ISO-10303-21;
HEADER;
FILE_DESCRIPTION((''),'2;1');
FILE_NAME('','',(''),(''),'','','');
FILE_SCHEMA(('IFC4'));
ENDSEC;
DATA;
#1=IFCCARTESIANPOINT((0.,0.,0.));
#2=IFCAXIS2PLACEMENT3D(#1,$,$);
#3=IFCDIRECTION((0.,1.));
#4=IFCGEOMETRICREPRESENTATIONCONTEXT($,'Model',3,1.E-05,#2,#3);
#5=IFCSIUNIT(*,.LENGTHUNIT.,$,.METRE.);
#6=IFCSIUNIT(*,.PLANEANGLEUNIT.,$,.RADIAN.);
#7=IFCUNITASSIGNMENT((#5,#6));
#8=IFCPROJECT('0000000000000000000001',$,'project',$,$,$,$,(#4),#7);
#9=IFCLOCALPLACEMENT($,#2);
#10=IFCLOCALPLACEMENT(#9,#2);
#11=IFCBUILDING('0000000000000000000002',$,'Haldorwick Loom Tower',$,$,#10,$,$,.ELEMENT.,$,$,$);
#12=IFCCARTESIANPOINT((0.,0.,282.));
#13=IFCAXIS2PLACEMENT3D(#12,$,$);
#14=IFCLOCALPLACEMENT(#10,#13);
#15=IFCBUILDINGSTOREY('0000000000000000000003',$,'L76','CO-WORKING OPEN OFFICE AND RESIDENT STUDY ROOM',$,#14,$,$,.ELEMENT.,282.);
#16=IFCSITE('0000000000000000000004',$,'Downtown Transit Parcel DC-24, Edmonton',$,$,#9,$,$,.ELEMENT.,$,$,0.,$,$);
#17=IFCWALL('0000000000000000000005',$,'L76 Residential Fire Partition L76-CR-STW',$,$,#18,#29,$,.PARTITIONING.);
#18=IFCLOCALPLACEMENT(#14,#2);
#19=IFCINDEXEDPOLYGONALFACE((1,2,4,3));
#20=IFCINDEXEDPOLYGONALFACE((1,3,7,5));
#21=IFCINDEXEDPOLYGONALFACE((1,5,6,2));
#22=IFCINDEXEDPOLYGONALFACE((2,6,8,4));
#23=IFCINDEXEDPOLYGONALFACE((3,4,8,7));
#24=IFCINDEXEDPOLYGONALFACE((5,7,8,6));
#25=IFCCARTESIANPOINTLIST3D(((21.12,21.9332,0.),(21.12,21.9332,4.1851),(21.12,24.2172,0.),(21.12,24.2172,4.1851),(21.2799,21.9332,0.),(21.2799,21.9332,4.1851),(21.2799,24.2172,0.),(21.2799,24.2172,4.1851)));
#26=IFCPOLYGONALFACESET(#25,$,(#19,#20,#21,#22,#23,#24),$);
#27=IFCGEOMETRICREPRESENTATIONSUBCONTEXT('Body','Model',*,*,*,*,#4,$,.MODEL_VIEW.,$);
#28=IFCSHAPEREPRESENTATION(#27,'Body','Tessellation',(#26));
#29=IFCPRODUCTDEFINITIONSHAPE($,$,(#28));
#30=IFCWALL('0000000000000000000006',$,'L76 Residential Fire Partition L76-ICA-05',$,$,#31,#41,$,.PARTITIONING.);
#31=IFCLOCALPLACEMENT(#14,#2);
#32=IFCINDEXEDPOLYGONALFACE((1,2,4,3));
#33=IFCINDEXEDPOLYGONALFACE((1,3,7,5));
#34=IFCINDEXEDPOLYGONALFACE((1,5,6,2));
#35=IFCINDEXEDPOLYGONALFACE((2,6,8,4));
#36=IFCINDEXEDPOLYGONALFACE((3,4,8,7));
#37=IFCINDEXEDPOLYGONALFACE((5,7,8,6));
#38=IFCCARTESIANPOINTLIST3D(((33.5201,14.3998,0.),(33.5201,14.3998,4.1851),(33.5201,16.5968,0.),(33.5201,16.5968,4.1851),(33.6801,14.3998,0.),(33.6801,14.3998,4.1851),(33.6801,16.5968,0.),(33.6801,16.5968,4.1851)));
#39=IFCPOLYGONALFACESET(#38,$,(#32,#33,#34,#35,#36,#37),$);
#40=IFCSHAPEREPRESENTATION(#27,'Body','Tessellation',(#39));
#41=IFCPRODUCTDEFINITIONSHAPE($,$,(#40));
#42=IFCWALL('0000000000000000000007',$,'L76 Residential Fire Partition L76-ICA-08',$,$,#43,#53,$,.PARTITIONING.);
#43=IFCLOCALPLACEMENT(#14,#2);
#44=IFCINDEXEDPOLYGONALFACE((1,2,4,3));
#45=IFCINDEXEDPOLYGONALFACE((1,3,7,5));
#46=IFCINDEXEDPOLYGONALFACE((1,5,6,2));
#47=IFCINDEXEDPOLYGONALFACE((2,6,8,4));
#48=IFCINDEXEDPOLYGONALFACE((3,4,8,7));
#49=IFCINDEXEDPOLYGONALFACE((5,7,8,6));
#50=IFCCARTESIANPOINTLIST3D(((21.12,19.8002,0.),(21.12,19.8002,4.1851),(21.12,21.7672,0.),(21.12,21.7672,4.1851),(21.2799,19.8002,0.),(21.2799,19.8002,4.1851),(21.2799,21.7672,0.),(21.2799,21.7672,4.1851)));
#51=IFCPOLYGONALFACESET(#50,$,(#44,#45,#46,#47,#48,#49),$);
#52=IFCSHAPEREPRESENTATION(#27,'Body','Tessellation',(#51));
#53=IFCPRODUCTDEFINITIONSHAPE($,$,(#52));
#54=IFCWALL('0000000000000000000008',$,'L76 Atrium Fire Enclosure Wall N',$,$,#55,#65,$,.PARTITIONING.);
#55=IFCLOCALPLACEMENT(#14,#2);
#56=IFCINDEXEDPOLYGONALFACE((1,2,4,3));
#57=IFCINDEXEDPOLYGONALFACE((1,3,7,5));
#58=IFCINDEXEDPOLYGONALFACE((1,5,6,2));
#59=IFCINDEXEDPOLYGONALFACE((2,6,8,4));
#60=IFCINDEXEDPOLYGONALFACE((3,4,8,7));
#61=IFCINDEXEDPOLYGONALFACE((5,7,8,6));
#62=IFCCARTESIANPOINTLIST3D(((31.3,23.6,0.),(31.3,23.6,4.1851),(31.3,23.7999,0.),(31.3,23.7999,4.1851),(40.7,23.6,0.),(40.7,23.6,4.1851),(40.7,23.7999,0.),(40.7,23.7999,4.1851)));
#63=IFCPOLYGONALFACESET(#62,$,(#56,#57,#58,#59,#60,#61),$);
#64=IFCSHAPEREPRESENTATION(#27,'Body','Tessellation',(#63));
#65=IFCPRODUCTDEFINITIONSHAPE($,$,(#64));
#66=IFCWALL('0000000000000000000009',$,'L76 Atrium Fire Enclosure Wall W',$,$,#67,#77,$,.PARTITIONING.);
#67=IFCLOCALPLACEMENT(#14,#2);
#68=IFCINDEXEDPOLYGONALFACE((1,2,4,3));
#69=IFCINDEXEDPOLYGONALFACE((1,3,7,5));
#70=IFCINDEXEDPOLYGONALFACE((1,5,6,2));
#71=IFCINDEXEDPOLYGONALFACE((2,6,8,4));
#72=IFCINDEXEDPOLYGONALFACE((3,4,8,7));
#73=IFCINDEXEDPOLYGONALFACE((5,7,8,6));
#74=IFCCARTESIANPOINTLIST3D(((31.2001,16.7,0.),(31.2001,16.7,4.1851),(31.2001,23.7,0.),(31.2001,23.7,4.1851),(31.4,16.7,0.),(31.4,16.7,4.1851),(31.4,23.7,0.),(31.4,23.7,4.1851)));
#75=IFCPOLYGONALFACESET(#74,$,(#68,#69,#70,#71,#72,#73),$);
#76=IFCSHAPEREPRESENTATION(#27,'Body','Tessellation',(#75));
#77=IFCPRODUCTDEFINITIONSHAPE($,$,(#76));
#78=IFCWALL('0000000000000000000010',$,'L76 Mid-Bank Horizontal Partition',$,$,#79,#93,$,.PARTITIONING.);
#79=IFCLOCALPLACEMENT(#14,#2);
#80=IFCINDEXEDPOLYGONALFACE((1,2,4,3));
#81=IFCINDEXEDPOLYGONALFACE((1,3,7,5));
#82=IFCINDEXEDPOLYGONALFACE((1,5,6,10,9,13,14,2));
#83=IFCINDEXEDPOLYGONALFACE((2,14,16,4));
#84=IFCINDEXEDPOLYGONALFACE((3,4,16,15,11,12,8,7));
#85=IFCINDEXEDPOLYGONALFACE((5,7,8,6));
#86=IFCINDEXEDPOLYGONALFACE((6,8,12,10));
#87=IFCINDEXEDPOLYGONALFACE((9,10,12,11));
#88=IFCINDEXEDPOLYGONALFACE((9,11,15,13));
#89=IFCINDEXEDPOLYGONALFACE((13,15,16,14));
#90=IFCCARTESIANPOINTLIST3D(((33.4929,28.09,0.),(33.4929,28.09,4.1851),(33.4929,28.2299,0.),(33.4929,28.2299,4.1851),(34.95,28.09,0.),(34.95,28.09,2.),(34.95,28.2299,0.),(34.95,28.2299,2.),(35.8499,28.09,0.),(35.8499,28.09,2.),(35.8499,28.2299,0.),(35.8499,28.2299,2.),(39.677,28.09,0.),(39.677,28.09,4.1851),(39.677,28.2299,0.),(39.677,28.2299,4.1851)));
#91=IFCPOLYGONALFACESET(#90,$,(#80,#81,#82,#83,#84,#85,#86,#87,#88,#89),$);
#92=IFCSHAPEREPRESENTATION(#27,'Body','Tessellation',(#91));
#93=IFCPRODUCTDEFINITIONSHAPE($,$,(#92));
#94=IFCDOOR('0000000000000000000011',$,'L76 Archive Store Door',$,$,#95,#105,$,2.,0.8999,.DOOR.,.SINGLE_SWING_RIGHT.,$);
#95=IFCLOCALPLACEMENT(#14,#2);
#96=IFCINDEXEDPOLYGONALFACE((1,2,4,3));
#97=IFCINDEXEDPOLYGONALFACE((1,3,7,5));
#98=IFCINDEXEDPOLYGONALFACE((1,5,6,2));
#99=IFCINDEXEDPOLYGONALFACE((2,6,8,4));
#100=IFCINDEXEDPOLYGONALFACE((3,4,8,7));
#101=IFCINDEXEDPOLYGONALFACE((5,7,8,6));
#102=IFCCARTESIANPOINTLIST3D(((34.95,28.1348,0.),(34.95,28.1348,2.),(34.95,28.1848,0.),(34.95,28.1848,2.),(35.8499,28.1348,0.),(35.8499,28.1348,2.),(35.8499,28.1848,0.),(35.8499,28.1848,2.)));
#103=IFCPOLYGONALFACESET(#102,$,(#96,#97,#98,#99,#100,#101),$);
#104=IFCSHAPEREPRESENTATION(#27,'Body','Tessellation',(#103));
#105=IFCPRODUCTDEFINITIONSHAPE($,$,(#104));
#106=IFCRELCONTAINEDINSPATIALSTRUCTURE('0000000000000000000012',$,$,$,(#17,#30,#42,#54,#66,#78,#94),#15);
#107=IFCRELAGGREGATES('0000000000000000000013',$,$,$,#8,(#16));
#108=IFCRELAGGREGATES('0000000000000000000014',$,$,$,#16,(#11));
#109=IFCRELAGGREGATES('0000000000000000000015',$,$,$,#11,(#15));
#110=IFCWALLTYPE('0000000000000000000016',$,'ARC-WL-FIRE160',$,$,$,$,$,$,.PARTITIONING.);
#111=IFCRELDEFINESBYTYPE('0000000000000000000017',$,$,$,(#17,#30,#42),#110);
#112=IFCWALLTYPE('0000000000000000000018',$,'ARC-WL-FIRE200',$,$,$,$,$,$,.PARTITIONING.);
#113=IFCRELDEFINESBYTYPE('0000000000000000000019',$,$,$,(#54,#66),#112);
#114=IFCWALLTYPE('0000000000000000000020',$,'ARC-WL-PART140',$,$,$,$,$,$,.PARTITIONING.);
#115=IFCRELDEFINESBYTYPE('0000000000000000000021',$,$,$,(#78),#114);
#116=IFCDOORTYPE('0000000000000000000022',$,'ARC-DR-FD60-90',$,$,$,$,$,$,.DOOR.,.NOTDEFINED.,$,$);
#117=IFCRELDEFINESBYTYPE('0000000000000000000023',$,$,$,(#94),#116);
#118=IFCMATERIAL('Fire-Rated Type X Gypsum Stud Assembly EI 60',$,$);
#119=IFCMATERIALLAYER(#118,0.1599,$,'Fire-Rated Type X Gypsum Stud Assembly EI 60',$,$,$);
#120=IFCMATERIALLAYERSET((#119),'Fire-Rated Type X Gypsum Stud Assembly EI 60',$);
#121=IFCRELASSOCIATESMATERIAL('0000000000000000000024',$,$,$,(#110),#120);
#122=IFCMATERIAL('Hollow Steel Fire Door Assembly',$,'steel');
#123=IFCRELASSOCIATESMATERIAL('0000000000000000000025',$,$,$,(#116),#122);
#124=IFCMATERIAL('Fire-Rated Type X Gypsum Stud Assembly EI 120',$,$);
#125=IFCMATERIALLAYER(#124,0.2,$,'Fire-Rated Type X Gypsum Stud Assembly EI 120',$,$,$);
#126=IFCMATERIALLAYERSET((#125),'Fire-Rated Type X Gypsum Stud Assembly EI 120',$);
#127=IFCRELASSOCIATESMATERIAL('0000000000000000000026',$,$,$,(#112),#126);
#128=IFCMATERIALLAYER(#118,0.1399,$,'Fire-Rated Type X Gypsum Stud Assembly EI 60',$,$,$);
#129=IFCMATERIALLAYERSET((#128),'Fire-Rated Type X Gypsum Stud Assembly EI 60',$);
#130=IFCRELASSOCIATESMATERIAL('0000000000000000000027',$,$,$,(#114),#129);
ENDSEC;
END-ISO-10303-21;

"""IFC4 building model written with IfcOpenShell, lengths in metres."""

from ifc_helpers import new_model, si_unit, direction, frame, frame_2d, origin, place, context, subcontext, project, spatial, rectangle, extrude, material, layer, layer_set, type_object, element, fill, save


model = new_model("IFC4")

# Units and contexts
model_context = context("Model", 3, precision=1e-05, world=origin(), true_north=direction((0.0, 1.0)))
body_context = subcontext(model_context, "Body", "Model", "MODEL_VIEW")
ifc_project = project(units=[si_unit("LENGTHUNIT", "METRE"), si_unit("PLANEANGLEUNIT", "RADIAN")], contexts=[model_context])

# Site, building, storey
site_placement = place(None, origin())
site = spatial("IfcSite", under=ifc_project, at=site_placement, Name="Downtown Transit Parcel DC-24, Edmonton", CompositionType="ELEMENT", RefElevation=0.0)
building_placement = place(site_placement, origin())
building = spatial("IfcBuilding", under=site, at=building_placement, Name="Haldorwick Loom Tower", CompositionType="ELEMENT")
storey_placement = place(building_placement, frame((0.0, 0.0, 282.0)))
storey = spatial("IfcBuildingStorey", under=building, at=storey_placement, Name="L76", Description="CO-WORKING OPEN OFFICE AND RESIDENT STUDY ROOM", CompositionType="ELEMENT", Elevation=282.0)

# Shared definitions
ifc_material_1 = material(Name="Fire-Rated Type X Gypsum Stud Assembly EI 60")
ifc_layer_1 = layer(ifc_material_1, 0.1599, Name="Fire-Rated Type X Gypsum Stud Assembly EI 60")
ifc_layer_set_1 = layer_set([ifc_layer_1], Name="Fire-Rated Type X Gypsum Stud Assembly EI 60")
wall_type_1 = type_object("IfcWallType", Name="ARC-WL-FIRE160", PredefinedType="PARTITIONING", material=ifc_layer_set_1)
ifc_material_2 = material(Name="Hollow Steel Fire Door Assembly", Category="steel")
door_type_1 = type_object("IfcDoorType", Name="ARC-DR-FD60-90", OperationType="NOTDEFINED", PredefinedType="DOOR", material=ifc_material_2)

# Walls
wall_1_placement = place(storey_placement, frame((21.2, 21.9331, 0.0), z_axis=(0.0, 0.0, 1.0), x_axis=(0.0, 1.0, 0.0)))
element("IfcWall", 1, at=wall_1_placement, inside=storey, type_object=wall_type_1, Name="L76 Residential Fire Partition L76-CR-STW", PredefinedType="PARTITIONING", context=body_context, shape_type="SweptSolid", body=[
    extrude(rectangle(XDim=2.2839, YDim=0.1599, at=frame_2d((1.1421, 0.0))), origin(), (0.0, 0.0, 1.0), 4.1851),
])
wall_2_placement = place(storey_placement, frame((33.6001, 16.5969, 0.0), z_axis=(0.0, 0.0, 1.0), x_axis=(0.0, -1.0, 0.0)))
element("IfcWall", 2, at=wall_2_placement, inside=storey, type_object=wall_type_1, Name="L76 Residential Fire Partition L76-ICA-05", PredefinedType="PARTITIONING", context=body_context, shape_type="SweptSolid", body=[
    extrude(rectangle(XDim=2.197, YDim=0.1599, at=frame_2d((1.0986, 0.0))), origin(), (0.0, 0.0, 1.0), 4.1851),
])
wall_3_placement = place(storey_placement, frame((21.2, 21.7671, 0.0), z_axis=(0.0, 0.0, 1.0), x_axis=(0.0, -1.0, 0.0)))
element("IfcWall", 3, at=wall_3_placement, inside=storey, type_object=wall_type_1, Name="L76 Residential Fire Partition L76-ICA-08", PredefinedType="PARTITIONING", context=body_context, shape_type="SweptSolid", body=[
    extrude(rectangle(XDim=1.967, YDim=0.1599, at=frame_2d((0.9834, 0.0))), origin(), (0.0, 0.0, 1.0), 4.1851),
])
ifc_material_3 = material(Name="Fire-Rated Type X Gypsum Stud Assembly EI 120")
ifc_layer_2 = layer(ifc_material_3, 0.2, Name="Fire-Rated Type X Gypsum Stud Assembly EI 120")
ifc_layer_set_2 = layer_set([ifc_layer_2], Name="Fire-Rated Type X Gypsum Stud Assembly EI 120")
wall_type_2 = type_object("IfcWallType", Name="ARC-WL-FIRE200", PredefinedType="PARTITIONING", material=ifc_layer_set_2)
wall_4_placement = place(storey_placement, frame((31.3, 23.7, 0.0), z_axis=(0.0, 0.0, 1.0), x_axis=(1.0, 0.0, 0.0)))
element("IfcWall", 4, at=wall_4_placement, inside=storey, type_object=wall_type_2, Name="L76 Atrium Fire Enclosure Wall N", PredefinedType="PARTITIONING", context=body_context, shape_type="SweptSolid", body=[
    extrude(rectangle(XDim=9.3999, YDim=0.2, at=frame_2d((4.7, 0.0))), origin(), (0.0, 0.0, 1.0), 4.1851),
])
wall_5_placement = place(storey_placement, frame((31.3, 16.7, 0.0), z_axis=(0.0, 0.0, 1.0), x_axis=(0.0, 1.0, 0.0)))
element("IfcWall", 5, at=wall_5_placement, inside=storey, type_object=wall_type_2, Name="L76 Atrium Fire Enclosure Wall W", PredefinedType="PARTITIONING", context=body_context, shape_type="SweptSolid", body=[
    extrude(rectangle(XDim=7.0, YDim=0.2, at=frame_2d((3.5, 0.0))), origin(), (0.0, 0.0, 1.0), 4.1851),
])

# Wall, opening, door
ifc_layer_3 = layer(ifc_material_1, 0.1399, Name="Fire-Rated Type X Gypsum Stud Assembly EI 60")
ifc_layer_set_3 = layer_set([ifc_layer_3], Name="Fire-Rated Type X Gypsum Stud Assembly EI 60")
wall_type_3 = type_object("IfcWallType", Name="ARC-WL-PART140", PredefinedType="PARTITIONING", material=ifc_layer_set_3)
wall_6_placement = place(storey_placement, frame((33.4929, 28.1599, 0.0), z_axis=(0.0, 0.0, 1.0), x_axis=(1.0, 0.0, 0.0)))
wall_6 = element("IfcWall", 6, at=wall_6_placement, inside=storey, type_object=wall_type_3, Name="L76 Mid-Bank Horizontal Partition", PredefinedType="PARTITIONING", context=body_context, shape_type="SweptSolid", body=[
    extrude(rectangle(XDim=6.1841, YDim=0.1399, at=frame_2d((3.092, 0.0))), origin(), (0.0, 0.0, 1.0), 4.1851),
])
opening_1_placement = place(wall_6_placement, frame((1.457, 0.0, 0.0)))
opening_1 = element("IfcOpeningElement", 7, at=opening_1_placement, cuts=wall_6, PredefinedType="OPENING", context=body_context, shape_type="SweptSolid", body=[
    extrude(rectangle(XDim=0.8999, YDim=2.0, at=frame_2d((0.45, 1.0))), frame((0.0, 0.0798, 0.0), z_axis=(0.0, -1.0, 0.0), x_axis=(1.0, 0.0, 0.0)), (0.0, 0.0, 1.0), 0.1599),
])
door_1_placement = place(opening_1_placement, origin())
door_1 = element("IfcDoor", 8, at=door_1_placement, inside=storey, type_object=door_type_1, Name="L76 Archive Store Door", OperationType="SINGLE_SWING_RIGHT", OverallHeight=2.0, OverallWidth=0.8999, PredefinedType="DOOR", context=body_context, shape_type="SweptSolid", body=[
    extrude(rectangle(XDim=0.8999, YDim=2.0, at=frame_2d((0.45, 1.0))), frame((0.0, 0.0249, 0.0), z_axis=(0.0, -1.0, 0.0), x_axis=(1.0, 0.0, 0.0)), (0.0, 0.0, 1.0), 0.05),
])
fill(opening_1, door_1)

save(model, "model.ifc")
